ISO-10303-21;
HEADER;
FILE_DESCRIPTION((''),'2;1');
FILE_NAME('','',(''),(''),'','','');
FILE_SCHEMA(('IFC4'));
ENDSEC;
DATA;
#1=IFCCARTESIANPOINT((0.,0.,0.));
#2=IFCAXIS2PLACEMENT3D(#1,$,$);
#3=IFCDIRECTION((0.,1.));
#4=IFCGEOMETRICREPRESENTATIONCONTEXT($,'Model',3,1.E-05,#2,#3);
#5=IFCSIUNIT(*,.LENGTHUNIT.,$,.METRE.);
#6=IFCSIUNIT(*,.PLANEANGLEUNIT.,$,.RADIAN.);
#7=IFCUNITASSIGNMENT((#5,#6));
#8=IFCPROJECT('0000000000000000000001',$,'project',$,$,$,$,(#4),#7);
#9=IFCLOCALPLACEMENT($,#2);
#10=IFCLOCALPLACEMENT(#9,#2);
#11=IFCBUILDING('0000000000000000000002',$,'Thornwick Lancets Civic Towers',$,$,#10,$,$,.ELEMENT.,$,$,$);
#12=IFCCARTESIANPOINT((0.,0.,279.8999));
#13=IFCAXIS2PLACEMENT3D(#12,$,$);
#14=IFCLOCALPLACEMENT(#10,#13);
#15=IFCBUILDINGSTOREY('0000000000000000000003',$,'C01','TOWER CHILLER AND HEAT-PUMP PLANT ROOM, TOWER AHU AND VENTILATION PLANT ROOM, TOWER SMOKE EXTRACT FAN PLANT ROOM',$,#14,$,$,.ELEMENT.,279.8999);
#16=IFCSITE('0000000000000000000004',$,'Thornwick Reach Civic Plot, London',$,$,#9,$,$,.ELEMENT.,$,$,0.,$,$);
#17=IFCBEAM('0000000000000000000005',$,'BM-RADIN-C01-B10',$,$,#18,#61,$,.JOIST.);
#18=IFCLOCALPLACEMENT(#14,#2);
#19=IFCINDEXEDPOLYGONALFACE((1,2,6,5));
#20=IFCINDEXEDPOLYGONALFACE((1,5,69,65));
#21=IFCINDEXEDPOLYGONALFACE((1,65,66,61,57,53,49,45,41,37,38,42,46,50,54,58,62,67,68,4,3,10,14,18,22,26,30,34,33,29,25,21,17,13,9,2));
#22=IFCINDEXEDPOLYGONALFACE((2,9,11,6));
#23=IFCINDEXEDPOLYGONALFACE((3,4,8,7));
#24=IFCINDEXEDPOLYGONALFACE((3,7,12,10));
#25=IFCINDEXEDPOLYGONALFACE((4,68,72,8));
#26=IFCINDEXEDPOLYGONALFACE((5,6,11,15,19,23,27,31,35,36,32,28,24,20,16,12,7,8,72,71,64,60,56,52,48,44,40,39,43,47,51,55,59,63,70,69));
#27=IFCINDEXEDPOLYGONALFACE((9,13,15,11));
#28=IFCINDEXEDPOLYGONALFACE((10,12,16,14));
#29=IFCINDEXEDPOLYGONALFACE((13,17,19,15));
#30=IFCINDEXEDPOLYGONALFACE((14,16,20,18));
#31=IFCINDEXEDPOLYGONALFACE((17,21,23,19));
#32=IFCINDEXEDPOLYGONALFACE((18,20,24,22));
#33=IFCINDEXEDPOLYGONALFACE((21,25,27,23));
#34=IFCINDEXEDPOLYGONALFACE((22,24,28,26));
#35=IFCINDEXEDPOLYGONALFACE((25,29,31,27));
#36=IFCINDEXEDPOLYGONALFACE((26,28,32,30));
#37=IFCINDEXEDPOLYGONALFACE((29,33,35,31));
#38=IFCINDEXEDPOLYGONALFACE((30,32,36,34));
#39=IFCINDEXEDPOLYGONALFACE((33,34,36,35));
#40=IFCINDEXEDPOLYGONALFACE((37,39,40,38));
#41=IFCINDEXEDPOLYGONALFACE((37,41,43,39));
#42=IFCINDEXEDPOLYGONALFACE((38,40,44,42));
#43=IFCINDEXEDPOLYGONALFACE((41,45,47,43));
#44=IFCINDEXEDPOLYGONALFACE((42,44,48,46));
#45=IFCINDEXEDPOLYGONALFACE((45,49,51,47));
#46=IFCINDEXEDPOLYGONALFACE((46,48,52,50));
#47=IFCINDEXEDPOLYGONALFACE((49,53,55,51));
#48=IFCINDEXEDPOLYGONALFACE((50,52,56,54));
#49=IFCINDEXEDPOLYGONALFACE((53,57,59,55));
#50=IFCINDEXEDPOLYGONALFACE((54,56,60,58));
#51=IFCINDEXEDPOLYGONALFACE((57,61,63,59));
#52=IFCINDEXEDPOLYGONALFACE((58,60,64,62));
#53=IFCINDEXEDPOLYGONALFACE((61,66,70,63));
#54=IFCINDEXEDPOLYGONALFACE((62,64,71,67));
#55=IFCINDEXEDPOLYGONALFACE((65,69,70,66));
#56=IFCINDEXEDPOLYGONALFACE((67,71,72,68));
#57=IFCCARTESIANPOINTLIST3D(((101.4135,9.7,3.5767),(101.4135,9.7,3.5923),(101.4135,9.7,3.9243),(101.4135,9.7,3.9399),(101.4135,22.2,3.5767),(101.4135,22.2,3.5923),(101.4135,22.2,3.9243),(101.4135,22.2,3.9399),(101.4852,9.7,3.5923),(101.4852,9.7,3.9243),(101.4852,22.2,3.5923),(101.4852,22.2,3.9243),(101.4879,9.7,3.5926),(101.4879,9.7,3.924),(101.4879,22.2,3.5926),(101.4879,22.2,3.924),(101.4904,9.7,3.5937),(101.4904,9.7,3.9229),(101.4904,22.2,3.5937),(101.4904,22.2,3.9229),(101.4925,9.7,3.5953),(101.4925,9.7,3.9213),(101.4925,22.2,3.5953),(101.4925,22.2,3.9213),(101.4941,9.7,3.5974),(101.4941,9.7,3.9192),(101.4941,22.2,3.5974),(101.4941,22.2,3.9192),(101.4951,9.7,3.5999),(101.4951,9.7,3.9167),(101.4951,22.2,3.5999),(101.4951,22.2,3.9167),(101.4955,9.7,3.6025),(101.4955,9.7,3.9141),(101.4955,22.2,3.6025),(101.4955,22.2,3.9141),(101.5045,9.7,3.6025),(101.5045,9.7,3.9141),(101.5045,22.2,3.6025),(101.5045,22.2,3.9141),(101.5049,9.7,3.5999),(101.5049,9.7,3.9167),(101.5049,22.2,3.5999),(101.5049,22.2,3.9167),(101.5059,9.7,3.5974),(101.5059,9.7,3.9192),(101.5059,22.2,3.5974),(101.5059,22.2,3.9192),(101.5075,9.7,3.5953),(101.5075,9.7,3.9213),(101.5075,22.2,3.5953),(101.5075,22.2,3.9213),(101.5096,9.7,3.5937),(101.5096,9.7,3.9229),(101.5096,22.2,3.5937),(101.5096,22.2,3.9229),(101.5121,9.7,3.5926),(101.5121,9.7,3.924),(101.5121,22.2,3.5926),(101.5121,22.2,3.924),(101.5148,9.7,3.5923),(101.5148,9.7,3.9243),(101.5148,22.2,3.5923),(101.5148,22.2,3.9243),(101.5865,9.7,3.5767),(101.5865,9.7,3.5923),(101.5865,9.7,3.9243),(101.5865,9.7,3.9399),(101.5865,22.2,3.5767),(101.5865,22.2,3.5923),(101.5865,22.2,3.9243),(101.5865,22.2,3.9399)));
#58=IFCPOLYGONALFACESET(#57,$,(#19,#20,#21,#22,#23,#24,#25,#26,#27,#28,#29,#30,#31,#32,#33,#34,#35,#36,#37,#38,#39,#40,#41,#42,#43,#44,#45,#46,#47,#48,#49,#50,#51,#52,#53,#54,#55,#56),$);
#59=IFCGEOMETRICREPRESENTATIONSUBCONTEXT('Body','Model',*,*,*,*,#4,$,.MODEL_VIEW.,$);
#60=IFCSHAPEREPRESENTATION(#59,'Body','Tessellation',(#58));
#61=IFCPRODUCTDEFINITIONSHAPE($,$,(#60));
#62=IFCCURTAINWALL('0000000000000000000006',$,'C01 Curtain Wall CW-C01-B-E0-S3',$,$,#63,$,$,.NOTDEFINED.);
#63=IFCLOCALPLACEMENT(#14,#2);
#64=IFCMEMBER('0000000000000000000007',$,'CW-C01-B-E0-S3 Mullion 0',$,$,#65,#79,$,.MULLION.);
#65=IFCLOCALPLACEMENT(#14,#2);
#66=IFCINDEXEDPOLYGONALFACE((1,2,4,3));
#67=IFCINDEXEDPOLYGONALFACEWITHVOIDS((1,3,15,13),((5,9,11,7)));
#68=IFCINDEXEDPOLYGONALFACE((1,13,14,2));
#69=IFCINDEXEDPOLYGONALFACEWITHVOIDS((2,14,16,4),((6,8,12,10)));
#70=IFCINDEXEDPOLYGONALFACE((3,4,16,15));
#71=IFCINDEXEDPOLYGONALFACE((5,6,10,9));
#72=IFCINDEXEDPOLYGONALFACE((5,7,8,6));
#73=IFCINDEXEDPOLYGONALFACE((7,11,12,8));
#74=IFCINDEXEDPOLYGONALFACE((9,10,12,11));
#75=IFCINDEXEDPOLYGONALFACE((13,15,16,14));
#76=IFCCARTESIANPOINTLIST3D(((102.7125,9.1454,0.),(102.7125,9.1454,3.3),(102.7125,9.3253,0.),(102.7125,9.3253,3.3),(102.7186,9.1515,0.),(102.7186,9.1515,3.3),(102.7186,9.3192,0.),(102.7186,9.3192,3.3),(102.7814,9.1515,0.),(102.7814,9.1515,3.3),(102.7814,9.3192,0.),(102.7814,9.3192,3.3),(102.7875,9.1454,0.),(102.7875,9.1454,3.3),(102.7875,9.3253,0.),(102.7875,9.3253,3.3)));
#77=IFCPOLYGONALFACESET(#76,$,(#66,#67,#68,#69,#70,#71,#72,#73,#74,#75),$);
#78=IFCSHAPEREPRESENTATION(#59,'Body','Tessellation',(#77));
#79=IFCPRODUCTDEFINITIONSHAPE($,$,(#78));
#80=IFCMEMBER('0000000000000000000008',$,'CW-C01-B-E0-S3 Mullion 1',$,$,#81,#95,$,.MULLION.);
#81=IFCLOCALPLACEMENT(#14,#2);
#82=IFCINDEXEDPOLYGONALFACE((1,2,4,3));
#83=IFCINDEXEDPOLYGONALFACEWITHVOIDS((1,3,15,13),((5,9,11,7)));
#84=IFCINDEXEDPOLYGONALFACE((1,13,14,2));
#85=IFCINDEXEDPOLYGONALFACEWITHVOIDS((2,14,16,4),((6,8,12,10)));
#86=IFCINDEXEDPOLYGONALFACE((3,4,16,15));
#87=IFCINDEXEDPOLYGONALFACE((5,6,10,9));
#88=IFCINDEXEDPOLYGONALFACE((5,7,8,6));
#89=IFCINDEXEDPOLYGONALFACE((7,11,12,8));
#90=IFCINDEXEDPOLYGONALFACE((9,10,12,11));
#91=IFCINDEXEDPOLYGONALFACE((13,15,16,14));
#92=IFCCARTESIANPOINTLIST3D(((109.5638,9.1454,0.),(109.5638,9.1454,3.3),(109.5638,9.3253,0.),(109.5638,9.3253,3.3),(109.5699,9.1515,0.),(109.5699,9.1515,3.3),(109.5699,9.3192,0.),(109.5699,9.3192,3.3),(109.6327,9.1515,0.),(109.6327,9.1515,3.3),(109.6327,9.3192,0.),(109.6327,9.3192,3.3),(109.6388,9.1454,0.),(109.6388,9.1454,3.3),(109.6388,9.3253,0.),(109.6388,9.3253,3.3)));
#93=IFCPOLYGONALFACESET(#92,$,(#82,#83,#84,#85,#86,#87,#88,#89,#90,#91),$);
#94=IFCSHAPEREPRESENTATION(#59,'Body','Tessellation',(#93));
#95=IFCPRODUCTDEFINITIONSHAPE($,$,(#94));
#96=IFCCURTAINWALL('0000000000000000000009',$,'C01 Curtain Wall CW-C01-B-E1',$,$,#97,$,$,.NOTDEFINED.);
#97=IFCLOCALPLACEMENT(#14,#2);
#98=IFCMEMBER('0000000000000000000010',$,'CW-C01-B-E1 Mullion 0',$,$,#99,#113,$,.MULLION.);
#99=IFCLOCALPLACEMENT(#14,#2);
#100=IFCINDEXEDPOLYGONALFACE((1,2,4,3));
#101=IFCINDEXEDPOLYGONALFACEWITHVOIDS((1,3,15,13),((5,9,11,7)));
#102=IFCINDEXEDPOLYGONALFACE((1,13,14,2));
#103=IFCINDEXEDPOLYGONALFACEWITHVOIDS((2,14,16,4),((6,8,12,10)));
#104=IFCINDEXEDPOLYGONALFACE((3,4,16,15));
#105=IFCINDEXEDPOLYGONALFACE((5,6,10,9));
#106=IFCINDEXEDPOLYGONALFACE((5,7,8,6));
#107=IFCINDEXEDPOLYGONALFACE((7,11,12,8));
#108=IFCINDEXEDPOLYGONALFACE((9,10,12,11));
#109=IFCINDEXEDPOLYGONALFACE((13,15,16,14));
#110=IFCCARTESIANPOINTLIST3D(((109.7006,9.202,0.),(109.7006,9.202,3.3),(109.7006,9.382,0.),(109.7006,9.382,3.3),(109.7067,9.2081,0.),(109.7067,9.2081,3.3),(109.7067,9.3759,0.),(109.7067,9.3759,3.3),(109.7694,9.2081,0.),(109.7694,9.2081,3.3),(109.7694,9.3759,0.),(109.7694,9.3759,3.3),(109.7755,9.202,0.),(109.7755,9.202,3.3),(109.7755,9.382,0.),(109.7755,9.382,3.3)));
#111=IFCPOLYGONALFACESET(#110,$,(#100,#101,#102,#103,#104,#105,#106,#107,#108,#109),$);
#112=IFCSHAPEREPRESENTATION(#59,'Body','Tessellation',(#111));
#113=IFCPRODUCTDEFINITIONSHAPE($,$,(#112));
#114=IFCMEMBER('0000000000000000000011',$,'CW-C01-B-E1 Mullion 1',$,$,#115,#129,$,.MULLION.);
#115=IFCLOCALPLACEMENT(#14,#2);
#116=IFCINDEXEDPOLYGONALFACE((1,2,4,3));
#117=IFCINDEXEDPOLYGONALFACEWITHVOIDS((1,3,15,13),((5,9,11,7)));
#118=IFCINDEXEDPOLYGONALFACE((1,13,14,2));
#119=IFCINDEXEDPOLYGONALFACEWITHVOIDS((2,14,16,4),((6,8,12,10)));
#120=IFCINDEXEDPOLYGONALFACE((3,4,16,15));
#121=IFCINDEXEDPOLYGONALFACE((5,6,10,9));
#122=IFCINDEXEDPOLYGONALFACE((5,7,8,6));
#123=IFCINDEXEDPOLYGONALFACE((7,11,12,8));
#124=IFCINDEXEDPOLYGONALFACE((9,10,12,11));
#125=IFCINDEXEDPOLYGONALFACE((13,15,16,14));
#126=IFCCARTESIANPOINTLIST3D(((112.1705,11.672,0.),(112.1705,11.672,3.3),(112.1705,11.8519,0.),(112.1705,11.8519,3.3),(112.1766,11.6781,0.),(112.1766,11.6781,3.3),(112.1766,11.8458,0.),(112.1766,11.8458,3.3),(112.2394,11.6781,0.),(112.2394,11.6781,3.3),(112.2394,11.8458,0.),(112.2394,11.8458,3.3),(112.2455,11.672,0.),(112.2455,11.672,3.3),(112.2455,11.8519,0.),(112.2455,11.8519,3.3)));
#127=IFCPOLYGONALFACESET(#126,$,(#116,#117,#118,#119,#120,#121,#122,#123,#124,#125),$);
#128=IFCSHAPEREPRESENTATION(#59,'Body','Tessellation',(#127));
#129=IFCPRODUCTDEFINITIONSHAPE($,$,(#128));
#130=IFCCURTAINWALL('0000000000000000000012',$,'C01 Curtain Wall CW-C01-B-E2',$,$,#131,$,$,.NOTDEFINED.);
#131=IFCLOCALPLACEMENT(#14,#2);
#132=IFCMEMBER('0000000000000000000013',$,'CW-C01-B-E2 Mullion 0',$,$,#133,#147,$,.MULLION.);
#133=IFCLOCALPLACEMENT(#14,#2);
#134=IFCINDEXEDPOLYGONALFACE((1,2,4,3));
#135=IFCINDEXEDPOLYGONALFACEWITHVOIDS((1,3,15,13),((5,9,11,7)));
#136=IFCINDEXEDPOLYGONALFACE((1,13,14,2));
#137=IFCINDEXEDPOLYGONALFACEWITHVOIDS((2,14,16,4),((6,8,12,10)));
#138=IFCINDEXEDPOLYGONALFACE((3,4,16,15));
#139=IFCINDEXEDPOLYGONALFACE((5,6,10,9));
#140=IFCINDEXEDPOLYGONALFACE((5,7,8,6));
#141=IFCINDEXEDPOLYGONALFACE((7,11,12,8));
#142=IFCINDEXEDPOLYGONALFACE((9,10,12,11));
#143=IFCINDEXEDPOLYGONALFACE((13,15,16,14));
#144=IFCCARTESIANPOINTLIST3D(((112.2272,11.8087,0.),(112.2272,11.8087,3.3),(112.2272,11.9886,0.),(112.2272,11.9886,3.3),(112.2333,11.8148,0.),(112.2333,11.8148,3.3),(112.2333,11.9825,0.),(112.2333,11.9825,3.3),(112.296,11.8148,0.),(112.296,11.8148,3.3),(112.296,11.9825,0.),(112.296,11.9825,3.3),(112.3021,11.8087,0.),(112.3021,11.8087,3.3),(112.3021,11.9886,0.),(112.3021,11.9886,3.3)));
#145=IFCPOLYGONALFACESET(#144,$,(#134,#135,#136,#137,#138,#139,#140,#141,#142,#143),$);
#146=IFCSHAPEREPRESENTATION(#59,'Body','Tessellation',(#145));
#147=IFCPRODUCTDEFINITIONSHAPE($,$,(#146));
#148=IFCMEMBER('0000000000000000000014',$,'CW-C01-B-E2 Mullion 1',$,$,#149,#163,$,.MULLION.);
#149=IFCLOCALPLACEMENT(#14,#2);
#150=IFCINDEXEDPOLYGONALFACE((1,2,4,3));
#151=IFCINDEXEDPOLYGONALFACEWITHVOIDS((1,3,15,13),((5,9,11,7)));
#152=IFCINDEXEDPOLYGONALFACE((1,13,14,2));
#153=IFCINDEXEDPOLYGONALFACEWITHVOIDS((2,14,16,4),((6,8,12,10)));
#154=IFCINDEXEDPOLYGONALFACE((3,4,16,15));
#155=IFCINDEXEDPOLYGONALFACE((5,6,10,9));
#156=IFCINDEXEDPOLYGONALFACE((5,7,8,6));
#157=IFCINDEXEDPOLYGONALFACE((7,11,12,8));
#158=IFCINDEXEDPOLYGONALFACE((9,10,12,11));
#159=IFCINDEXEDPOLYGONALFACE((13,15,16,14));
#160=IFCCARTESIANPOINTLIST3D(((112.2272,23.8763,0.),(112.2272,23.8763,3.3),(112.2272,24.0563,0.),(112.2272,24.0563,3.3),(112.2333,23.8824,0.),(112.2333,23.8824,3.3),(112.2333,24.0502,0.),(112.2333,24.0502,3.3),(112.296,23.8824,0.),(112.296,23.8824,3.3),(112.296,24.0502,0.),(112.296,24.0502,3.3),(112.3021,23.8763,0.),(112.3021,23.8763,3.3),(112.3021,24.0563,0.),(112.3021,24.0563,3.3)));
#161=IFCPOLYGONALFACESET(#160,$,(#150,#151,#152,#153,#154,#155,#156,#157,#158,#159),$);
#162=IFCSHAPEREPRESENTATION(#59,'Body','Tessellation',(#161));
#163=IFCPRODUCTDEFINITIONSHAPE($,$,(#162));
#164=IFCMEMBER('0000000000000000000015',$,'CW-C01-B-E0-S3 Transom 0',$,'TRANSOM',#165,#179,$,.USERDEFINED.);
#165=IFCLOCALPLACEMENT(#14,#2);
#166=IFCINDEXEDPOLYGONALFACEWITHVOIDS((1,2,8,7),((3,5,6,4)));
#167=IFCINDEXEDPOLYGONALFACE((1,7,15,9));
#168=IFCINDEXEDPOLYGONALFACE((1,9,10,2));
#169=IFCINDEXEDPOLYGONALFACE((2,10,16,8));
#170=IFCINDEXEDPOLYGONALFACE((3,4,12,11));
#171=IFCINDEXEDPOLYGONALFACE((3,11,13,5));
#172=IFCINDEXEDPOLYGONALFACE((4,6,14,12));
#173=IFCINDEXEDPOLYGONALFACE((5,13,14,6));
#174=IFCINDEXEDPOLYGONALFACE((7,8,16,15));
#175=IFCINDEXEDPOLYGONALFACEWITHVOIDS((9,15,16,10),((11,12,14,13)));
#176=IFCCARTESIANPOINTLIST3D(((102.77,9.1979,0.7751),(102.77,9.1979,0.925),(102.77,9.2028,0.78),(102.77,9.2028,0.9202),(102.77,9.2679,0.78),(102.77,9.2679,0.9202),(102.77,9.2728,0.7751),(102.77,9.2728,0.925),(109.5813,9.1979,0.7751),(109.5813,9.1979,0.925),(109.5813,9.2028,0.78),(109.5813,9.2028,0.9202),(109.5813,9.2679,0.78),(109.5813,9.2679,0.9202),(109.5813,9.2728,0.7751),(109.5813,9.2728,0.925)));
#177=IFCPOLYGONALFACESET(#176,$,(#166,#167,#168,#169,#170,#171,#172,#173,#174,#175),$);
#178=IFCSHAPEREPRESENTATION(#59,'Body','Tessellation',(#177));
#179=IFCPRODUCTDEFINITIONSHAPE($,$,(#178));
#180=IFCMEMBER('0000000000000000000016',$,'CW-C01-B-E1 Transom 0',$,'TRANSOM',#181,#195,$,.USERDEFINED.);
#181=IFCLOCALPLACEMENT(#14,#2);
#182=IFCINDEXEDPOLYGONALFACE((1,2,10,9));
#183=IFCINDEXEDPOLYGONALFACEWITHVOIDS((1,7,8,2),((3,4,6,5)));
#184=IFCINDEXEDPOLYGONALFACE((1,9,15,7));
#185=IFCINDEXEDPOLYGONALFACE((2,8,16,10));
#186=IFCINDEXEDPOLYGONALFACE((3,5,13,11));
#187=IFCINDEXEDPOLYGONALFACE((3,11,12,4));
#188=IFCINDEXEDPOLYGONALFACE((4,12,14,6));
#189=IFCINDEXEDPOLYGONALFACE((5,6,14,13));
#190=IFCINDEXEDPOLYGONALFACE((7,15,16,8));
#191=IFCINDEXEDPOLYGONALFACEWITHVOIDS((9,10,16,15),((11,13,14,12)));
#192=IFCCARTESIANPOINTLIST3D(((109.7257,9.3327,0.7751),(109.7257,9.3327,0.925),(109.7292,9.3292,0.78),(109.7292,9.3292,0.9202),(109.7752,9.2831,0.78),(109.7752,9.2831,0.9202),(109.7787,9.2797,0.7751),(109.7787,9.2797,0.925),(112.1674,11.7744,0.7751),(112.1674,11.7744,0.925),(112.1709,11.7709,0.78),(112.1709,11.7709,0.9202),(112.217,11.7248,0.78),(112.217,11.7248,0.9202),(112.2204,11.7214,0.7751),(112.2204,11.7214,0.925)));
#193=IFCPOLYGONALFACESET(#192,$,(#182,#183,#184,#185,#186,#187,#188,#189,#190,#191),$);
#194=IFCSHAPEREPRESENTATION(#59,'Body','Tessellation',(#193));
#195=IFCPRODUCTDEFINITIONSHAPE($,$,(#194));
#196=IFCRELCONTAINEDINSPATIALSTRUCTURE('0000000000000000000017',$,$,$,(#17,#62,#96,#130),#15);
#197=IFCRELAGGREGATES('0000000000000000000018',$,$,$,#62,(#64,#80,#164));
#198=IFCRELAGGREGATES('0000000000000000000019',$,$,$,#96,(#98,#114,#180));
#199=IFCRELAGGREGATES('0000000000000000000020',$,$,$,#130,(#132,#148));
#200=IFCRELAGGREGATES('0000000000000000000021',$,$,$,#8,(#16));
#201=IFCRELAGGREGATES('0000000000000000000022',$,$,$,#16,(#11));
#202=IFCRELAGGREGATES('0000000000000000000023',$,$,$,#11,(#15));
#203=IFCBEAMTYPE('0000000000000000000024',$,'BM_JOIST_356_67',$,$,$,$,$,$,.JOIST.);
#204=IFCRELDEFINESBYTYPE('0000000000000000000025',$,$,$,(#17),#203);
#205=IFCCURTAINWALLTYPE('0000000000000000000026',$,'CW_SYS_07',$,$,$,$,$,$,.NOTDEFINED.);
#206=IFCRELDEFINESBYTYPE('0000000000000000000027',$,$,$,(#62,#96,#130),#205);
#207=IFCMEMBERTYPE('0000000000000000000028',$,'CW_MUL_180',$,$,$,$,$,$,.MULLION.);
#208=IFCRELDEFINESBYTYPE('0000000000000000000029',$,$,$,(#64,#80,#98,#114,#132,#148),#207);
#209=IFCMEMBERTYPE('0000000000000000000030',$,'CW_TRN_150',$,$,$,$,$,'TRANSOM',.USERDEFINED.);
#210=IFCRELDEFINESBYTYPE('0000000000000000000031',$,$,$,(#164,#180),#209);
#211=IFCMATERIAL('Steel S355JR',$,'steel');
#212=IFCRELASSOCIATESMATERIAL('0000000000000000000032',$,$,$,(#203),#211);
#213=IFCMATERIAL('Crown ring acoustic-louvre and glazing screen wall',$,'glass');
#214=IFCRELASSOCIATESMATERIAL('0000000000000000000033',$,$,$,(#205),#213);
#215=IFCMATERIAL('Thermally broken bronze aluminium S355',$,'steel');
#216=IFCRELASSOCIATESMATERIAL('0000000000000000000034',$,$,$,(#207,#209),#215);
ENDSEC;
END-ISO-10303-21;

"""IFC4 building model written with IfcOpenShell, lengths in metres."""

from ifc_helpers import new_model, si_unit, direction, frame, origin, origin_2d, place, context, subcontext, project, spatial, hollow_rectangle, i_section, extrude, material, material_profile, profile_set, type_object, element, aggregate, save


model = new_model("IFC4")

# Units and contexts
model_context = context("Model", 3, precision=1e-05, world=origin(), true_north=direction((0.0, 1.0)))
body_context = subcontext(model_context, "Body", "Model", "MODEL_VIEW")
ifc_project = project(units=[si_unit("LENGTHUNIT", "METRE"), si_unit("PLANEANGLEUNIT", "RADIAN")], contexts=[model_context])

# Site, building, storey
site_placement = place(None, origin())
site = spatial("IfcSite", under=ifc_project, at=site_placement, Name="Thornwick Reach Civic Plot, London", CompositionType="ELEMENT", RefElevation=0.0)
building_placement = place(site_placement, origin())
building = spatial("IfcBuilding", under=site, at=building_placement, Name="Thornwick Lancets Civic Towers", CompositionType="ELEMENT")
storey_placement = place(building_placement, frame((0.0, 0.0, 279.8999)))
storey = spatial("IfcBuildingStorey", under=building, at=storey_placement, Name="C01", Description="TOWER CHILLER AND HEAT-PUMP PLANT ROOM, TOWER AHU AND VENTILATION PLANT ROOM, TOWER SMOKE EXTRACT FAN PLANT ROOM", CompositionType="ELEMENT", Elevation=279.8999)

# Shared definitions
ifc_material_1 = material(Name="Steel S355JR", Category="steel")

# Beam
ifc_material_profile_1 = material_profile(ifc_material_1, i_section(OverallWidth=0.1731, OverallDepth=0.3633, WebThickness=0.009, FlangeThickness=0.0156, FilletRadius=0.0103, at=origin_2d()), Name="UKB 356x171x67")
ifc_profile_set_1 = profile_set([ifc_material_profile_1], Name="Steel S355JR")
beam_type_1 = type_object("IfcBeamType", Name="BM_JOIST_356_67", PredefinedType="JOIST", material=ifc_profile_set_1)
beam_1_placement = place(storey_placement, frame((101.5, 22.2, 3.7583), z_axis=(0.0, -1.0, 0.0), x_axis=(1.0, 0.0, 0.0)))
element("IfcBeam", 1, at=beam_1_placement, inside=storey, type_object=beam_type_1, Name="BM-RADIN-C01-B10", PredefinedType="JOIST", context=body_context, shape_type="SweptSolid", body=[
    extrude(i_section(OverallWidth=0.1731, OverallDepth=0.3633, WebThickness=0.009, FlangeThickness=0.0156, FilletRadius=0.0103, at=origin_2d()), origin(), (0.0, 0.0, 1.0), 12.5),
])

# Curtain walls, members
ifc_material_2 = material(Name="Crown ring acoustic-louvre and glazing screen wall", Category="glass")
curtain_wall_type = type_object("IfcCurtainWallType", Name="CW_SYS_07", PredefinedType="NOTDEFINED", material=ifc_material_2)
curtain_wall_1_placement = place(storey_placement, origin())
curtain_wall_1 = element("IfcCurtainWall", 2, at=curtain_wall_1_placement, inside=storey, type_object=curtain_wall_type, Name="C01 Curtain Wall CW-C01-B-E0-S3", PredefinedType="NOTDEFINED")
ifc_material_3 = material(Name="Thermally broken bronze aluminium S355", Category="steel")
ifc_material_profile_2 = material_profile(ifc_material_3, hollow_rectangle(XDim=0.075, YDim=0.1799, WallThickness=0.0061, at=origin_2d()), Name="RHS 180x75x6")
ifc_profile_set_2 = profile_set([ifc_material_profile_2], Name="Thermally broken bronze aluminium S355")
member_type_1 = type_object("IfcMemberType", Name="CW_MUL_180", PredefinedType="MULLION", material=ifc_profile_set_2)
member_1_placement = place(storey_placement, frame((102.75, 9.2354, 0.0), z_axis=(0.0, 0.0, 1.0), x_axis=(1.0, 0.0, 0.0)))
member_1 = element("IfcMember", 3, at=member_1_placement, type_object=member_type_1, Name="CW-C01-B-E0-S3 Mullion 0", PredefinedType="MULLION", context=body_context, shape_type="SweptSolid", body=[
    extrude(hollow_rectangle(XDim=0.075, YDim=0.1799, WallThickness=0.0061, at=origin_2d()), origin(), (0.0, 0.0, 1.0), 3.3),
])
member_2_placement = place(storey_placement, frame((109.6013, 9.2354, 0.0), z_axis=(0.0, 0.0, 1.0), x_axis=(1.0, 0.0, 0.0)))
member_2 = element("IfcMember", 4, at=member_2_placement, type_object=member_type_1, Name="CW-C01-B-E0-S3 Mullion 1", PredefinedType="MULLION", context=body_context, shape_type="SweptSolid", body=[
    extrude(hollow_rectangle(XDim=0.075, YDim=0.1799, WallThickness=0.0061, at=origin_2d()), origin(), (0.0, 0.0, 1.0), 3.3),
])
curtain_wall_2_placement = place(storey_placement, origin())
curtain_wall_2 = element("IfcCurtainWall", 5, at=curtain_wall_2_placement, inside=storey, type_object=curtain_wall_type, Name="C01 Curtain Wall CW-C01-B-E1", PredefinedType="NOTDEFINED")
member_3_placement = place(storey_placement, frame((109.738, 9.292, 0.0), z_axis=(0.0, 0.0, 1.0), x_axis=(1.0, 0.0, 0.0)))
member_3 = element("IfcMember", 6, at=member_3_placement, type_object=member_type_1, Name="CW-C01-B-E1 Mullion 0", PredefinedType="MULLION", context=body_context, shape_type="SweptSolid", body=[
    extrude(hollow_rectangle(XDim=0.075, YDim=0.1799, WallThickness=0.0061, at=origin_2d()), origin(), (0.0, 0.0, 1.0), 3.3),
])
member_4_placement = place(storey_placement, frame((112.208, 11.762, 0.0), z_axis=(0.0, 0.0, 1.0), x_axis=(1.0, 0.0, 0.0)))
member_4 = element("IfcMember", 7, at=member_4_placement, type_object=member_type_1, Name="CW-C01-B-E1 Mullion 1", PredefinedType="MULLION", context=body_context, shape_type="SweptSolid", body=[
    extrude(hollow_rectangle(XDim=0.075, YDim=0.1799, WallThickness=0.0061, at=origin_2d()), origin(), (0.0, 0.0, 1.0), 3.3),
])
curtain_wall_3_placement = place(storey_placement, origin())
curtain_wall_3 = element("IfcCurtainWall", 8, at=curtain_wall_3_placement, inside=storey, type_object=curtain_wall_type, Name="C01 Curtain Wall CW-C01-B-E2", PredefinedType="NOTDEFINED")
member_5_placement = place(storey_placement, frame((112.2646, 11.8987, 0.0), z_axis=(0.0, 0.0, 1.0), x_axis=(1.0, 0.0, 0.0)))
member_5 = element("IfcMember", 9, at=member_5_placement, type_object=member_type_1, Name="CW-C01-B-E2 Mullion 0", PredefinedType="MULLION", context=body_context, shape_type="SweptSolid", body=[
    extrude(hollow_rectangle(XDim=0.075, YDim=0.1799, WallThickness=0.0061, at=origin_2d()), origin(), (0.0, 0.0, 1.0), 3.3),
])
member_6_placement = place(storey_placement, frame((112.2646, 23.9663, 0.0), z_axis=(0.0, 0.0, 1.0), x_axis=(1.0, 0.0, 0.0)))
member_6 = element("IfcMember", 10, at=member_6_placement, type_object=member_type_1, Name="CW-C01-B-E2 Mullion 1", PredefinedType="MULLION", context=body_context, shape_type="SweptSolid", body=[
    extrude(hollow_rectangle(XDim=0.075, YDim=0.1799, WallThickness=0.0061, at=origin_2d()), origin(), (0.0, 0.0, 1.0), 3.3),
])

# Members
ifc_material_profile_3 = material_profile(ifc_material_3, hollow_rectangle(XDim=0.075, YDim=0.1499, WallThickness=0.0049, at=origin_2d()), Name="RHS 150x75x5")
ifc_profile_set_3 = profile_set([ifc_material_profile_3], Name="Thermally broken bronze aluminium S355")
member_type_2 = type_object("IfcMemberType", Name="CW_TRN_150", ElementType="TRANSOM", PredefinedType="USERDEFINED", material=ifc_profile_set_3)
member_7_placement = place(storey_placement, frame((102.77, 9.2354, 0.8501), z_axis=(1.0, 0.0, 0.0), x_axis=(0.0, 1.0, 0.0)))
member_7 = element("IfcMember", 11, at=member_7_placement, type_object=member_type_2, Name="CW-C01-B-E0-S3 Transom 0", ObjectType="TRANSOM", PredefinedType="USERDEFINED", context=body_context, shape_type="SweptSolid", body=[
    extrude(hollow_rectangle(XDim=0.075, YDim=0.1499, WallThickness=0.0049, at=origin_2d()), origin(), (0.0, 0.0, 1.0), 6.8113),
])
member_8_placement = place(storey_placement, frame((109.7522, 9.3062, 0.8501), z_axis=(0.707107, 0.707107, 0.0), x_axis=(-0.707107, 0.707107, 0.0)))
member_8 = element("IfcMember", 12, at=member_8_placement, type_object=member_type_2, Name="CW-C01-B-E1 Transom 0", ObjectType="TRANSOM", PredefinedType="USERDEFINED", context=body_context, shape_type="SweptSolid", body=[
    extrude(hollow_rectangle(XDim=0.075, YDim=0.1499, WallThickness=0.0049, at=origin_2d()), origin(), (0.0, 0.0, 1.0), 3.4531),
])

aggregate(curtain_wall_1, [member_1, member_2, member_7])
aggregate(curtain_wall_2, [member_3, member_4, member_8])
aggregate(curtain_wall_3, [member_5, member_6])

save(model, "model.ifc")
